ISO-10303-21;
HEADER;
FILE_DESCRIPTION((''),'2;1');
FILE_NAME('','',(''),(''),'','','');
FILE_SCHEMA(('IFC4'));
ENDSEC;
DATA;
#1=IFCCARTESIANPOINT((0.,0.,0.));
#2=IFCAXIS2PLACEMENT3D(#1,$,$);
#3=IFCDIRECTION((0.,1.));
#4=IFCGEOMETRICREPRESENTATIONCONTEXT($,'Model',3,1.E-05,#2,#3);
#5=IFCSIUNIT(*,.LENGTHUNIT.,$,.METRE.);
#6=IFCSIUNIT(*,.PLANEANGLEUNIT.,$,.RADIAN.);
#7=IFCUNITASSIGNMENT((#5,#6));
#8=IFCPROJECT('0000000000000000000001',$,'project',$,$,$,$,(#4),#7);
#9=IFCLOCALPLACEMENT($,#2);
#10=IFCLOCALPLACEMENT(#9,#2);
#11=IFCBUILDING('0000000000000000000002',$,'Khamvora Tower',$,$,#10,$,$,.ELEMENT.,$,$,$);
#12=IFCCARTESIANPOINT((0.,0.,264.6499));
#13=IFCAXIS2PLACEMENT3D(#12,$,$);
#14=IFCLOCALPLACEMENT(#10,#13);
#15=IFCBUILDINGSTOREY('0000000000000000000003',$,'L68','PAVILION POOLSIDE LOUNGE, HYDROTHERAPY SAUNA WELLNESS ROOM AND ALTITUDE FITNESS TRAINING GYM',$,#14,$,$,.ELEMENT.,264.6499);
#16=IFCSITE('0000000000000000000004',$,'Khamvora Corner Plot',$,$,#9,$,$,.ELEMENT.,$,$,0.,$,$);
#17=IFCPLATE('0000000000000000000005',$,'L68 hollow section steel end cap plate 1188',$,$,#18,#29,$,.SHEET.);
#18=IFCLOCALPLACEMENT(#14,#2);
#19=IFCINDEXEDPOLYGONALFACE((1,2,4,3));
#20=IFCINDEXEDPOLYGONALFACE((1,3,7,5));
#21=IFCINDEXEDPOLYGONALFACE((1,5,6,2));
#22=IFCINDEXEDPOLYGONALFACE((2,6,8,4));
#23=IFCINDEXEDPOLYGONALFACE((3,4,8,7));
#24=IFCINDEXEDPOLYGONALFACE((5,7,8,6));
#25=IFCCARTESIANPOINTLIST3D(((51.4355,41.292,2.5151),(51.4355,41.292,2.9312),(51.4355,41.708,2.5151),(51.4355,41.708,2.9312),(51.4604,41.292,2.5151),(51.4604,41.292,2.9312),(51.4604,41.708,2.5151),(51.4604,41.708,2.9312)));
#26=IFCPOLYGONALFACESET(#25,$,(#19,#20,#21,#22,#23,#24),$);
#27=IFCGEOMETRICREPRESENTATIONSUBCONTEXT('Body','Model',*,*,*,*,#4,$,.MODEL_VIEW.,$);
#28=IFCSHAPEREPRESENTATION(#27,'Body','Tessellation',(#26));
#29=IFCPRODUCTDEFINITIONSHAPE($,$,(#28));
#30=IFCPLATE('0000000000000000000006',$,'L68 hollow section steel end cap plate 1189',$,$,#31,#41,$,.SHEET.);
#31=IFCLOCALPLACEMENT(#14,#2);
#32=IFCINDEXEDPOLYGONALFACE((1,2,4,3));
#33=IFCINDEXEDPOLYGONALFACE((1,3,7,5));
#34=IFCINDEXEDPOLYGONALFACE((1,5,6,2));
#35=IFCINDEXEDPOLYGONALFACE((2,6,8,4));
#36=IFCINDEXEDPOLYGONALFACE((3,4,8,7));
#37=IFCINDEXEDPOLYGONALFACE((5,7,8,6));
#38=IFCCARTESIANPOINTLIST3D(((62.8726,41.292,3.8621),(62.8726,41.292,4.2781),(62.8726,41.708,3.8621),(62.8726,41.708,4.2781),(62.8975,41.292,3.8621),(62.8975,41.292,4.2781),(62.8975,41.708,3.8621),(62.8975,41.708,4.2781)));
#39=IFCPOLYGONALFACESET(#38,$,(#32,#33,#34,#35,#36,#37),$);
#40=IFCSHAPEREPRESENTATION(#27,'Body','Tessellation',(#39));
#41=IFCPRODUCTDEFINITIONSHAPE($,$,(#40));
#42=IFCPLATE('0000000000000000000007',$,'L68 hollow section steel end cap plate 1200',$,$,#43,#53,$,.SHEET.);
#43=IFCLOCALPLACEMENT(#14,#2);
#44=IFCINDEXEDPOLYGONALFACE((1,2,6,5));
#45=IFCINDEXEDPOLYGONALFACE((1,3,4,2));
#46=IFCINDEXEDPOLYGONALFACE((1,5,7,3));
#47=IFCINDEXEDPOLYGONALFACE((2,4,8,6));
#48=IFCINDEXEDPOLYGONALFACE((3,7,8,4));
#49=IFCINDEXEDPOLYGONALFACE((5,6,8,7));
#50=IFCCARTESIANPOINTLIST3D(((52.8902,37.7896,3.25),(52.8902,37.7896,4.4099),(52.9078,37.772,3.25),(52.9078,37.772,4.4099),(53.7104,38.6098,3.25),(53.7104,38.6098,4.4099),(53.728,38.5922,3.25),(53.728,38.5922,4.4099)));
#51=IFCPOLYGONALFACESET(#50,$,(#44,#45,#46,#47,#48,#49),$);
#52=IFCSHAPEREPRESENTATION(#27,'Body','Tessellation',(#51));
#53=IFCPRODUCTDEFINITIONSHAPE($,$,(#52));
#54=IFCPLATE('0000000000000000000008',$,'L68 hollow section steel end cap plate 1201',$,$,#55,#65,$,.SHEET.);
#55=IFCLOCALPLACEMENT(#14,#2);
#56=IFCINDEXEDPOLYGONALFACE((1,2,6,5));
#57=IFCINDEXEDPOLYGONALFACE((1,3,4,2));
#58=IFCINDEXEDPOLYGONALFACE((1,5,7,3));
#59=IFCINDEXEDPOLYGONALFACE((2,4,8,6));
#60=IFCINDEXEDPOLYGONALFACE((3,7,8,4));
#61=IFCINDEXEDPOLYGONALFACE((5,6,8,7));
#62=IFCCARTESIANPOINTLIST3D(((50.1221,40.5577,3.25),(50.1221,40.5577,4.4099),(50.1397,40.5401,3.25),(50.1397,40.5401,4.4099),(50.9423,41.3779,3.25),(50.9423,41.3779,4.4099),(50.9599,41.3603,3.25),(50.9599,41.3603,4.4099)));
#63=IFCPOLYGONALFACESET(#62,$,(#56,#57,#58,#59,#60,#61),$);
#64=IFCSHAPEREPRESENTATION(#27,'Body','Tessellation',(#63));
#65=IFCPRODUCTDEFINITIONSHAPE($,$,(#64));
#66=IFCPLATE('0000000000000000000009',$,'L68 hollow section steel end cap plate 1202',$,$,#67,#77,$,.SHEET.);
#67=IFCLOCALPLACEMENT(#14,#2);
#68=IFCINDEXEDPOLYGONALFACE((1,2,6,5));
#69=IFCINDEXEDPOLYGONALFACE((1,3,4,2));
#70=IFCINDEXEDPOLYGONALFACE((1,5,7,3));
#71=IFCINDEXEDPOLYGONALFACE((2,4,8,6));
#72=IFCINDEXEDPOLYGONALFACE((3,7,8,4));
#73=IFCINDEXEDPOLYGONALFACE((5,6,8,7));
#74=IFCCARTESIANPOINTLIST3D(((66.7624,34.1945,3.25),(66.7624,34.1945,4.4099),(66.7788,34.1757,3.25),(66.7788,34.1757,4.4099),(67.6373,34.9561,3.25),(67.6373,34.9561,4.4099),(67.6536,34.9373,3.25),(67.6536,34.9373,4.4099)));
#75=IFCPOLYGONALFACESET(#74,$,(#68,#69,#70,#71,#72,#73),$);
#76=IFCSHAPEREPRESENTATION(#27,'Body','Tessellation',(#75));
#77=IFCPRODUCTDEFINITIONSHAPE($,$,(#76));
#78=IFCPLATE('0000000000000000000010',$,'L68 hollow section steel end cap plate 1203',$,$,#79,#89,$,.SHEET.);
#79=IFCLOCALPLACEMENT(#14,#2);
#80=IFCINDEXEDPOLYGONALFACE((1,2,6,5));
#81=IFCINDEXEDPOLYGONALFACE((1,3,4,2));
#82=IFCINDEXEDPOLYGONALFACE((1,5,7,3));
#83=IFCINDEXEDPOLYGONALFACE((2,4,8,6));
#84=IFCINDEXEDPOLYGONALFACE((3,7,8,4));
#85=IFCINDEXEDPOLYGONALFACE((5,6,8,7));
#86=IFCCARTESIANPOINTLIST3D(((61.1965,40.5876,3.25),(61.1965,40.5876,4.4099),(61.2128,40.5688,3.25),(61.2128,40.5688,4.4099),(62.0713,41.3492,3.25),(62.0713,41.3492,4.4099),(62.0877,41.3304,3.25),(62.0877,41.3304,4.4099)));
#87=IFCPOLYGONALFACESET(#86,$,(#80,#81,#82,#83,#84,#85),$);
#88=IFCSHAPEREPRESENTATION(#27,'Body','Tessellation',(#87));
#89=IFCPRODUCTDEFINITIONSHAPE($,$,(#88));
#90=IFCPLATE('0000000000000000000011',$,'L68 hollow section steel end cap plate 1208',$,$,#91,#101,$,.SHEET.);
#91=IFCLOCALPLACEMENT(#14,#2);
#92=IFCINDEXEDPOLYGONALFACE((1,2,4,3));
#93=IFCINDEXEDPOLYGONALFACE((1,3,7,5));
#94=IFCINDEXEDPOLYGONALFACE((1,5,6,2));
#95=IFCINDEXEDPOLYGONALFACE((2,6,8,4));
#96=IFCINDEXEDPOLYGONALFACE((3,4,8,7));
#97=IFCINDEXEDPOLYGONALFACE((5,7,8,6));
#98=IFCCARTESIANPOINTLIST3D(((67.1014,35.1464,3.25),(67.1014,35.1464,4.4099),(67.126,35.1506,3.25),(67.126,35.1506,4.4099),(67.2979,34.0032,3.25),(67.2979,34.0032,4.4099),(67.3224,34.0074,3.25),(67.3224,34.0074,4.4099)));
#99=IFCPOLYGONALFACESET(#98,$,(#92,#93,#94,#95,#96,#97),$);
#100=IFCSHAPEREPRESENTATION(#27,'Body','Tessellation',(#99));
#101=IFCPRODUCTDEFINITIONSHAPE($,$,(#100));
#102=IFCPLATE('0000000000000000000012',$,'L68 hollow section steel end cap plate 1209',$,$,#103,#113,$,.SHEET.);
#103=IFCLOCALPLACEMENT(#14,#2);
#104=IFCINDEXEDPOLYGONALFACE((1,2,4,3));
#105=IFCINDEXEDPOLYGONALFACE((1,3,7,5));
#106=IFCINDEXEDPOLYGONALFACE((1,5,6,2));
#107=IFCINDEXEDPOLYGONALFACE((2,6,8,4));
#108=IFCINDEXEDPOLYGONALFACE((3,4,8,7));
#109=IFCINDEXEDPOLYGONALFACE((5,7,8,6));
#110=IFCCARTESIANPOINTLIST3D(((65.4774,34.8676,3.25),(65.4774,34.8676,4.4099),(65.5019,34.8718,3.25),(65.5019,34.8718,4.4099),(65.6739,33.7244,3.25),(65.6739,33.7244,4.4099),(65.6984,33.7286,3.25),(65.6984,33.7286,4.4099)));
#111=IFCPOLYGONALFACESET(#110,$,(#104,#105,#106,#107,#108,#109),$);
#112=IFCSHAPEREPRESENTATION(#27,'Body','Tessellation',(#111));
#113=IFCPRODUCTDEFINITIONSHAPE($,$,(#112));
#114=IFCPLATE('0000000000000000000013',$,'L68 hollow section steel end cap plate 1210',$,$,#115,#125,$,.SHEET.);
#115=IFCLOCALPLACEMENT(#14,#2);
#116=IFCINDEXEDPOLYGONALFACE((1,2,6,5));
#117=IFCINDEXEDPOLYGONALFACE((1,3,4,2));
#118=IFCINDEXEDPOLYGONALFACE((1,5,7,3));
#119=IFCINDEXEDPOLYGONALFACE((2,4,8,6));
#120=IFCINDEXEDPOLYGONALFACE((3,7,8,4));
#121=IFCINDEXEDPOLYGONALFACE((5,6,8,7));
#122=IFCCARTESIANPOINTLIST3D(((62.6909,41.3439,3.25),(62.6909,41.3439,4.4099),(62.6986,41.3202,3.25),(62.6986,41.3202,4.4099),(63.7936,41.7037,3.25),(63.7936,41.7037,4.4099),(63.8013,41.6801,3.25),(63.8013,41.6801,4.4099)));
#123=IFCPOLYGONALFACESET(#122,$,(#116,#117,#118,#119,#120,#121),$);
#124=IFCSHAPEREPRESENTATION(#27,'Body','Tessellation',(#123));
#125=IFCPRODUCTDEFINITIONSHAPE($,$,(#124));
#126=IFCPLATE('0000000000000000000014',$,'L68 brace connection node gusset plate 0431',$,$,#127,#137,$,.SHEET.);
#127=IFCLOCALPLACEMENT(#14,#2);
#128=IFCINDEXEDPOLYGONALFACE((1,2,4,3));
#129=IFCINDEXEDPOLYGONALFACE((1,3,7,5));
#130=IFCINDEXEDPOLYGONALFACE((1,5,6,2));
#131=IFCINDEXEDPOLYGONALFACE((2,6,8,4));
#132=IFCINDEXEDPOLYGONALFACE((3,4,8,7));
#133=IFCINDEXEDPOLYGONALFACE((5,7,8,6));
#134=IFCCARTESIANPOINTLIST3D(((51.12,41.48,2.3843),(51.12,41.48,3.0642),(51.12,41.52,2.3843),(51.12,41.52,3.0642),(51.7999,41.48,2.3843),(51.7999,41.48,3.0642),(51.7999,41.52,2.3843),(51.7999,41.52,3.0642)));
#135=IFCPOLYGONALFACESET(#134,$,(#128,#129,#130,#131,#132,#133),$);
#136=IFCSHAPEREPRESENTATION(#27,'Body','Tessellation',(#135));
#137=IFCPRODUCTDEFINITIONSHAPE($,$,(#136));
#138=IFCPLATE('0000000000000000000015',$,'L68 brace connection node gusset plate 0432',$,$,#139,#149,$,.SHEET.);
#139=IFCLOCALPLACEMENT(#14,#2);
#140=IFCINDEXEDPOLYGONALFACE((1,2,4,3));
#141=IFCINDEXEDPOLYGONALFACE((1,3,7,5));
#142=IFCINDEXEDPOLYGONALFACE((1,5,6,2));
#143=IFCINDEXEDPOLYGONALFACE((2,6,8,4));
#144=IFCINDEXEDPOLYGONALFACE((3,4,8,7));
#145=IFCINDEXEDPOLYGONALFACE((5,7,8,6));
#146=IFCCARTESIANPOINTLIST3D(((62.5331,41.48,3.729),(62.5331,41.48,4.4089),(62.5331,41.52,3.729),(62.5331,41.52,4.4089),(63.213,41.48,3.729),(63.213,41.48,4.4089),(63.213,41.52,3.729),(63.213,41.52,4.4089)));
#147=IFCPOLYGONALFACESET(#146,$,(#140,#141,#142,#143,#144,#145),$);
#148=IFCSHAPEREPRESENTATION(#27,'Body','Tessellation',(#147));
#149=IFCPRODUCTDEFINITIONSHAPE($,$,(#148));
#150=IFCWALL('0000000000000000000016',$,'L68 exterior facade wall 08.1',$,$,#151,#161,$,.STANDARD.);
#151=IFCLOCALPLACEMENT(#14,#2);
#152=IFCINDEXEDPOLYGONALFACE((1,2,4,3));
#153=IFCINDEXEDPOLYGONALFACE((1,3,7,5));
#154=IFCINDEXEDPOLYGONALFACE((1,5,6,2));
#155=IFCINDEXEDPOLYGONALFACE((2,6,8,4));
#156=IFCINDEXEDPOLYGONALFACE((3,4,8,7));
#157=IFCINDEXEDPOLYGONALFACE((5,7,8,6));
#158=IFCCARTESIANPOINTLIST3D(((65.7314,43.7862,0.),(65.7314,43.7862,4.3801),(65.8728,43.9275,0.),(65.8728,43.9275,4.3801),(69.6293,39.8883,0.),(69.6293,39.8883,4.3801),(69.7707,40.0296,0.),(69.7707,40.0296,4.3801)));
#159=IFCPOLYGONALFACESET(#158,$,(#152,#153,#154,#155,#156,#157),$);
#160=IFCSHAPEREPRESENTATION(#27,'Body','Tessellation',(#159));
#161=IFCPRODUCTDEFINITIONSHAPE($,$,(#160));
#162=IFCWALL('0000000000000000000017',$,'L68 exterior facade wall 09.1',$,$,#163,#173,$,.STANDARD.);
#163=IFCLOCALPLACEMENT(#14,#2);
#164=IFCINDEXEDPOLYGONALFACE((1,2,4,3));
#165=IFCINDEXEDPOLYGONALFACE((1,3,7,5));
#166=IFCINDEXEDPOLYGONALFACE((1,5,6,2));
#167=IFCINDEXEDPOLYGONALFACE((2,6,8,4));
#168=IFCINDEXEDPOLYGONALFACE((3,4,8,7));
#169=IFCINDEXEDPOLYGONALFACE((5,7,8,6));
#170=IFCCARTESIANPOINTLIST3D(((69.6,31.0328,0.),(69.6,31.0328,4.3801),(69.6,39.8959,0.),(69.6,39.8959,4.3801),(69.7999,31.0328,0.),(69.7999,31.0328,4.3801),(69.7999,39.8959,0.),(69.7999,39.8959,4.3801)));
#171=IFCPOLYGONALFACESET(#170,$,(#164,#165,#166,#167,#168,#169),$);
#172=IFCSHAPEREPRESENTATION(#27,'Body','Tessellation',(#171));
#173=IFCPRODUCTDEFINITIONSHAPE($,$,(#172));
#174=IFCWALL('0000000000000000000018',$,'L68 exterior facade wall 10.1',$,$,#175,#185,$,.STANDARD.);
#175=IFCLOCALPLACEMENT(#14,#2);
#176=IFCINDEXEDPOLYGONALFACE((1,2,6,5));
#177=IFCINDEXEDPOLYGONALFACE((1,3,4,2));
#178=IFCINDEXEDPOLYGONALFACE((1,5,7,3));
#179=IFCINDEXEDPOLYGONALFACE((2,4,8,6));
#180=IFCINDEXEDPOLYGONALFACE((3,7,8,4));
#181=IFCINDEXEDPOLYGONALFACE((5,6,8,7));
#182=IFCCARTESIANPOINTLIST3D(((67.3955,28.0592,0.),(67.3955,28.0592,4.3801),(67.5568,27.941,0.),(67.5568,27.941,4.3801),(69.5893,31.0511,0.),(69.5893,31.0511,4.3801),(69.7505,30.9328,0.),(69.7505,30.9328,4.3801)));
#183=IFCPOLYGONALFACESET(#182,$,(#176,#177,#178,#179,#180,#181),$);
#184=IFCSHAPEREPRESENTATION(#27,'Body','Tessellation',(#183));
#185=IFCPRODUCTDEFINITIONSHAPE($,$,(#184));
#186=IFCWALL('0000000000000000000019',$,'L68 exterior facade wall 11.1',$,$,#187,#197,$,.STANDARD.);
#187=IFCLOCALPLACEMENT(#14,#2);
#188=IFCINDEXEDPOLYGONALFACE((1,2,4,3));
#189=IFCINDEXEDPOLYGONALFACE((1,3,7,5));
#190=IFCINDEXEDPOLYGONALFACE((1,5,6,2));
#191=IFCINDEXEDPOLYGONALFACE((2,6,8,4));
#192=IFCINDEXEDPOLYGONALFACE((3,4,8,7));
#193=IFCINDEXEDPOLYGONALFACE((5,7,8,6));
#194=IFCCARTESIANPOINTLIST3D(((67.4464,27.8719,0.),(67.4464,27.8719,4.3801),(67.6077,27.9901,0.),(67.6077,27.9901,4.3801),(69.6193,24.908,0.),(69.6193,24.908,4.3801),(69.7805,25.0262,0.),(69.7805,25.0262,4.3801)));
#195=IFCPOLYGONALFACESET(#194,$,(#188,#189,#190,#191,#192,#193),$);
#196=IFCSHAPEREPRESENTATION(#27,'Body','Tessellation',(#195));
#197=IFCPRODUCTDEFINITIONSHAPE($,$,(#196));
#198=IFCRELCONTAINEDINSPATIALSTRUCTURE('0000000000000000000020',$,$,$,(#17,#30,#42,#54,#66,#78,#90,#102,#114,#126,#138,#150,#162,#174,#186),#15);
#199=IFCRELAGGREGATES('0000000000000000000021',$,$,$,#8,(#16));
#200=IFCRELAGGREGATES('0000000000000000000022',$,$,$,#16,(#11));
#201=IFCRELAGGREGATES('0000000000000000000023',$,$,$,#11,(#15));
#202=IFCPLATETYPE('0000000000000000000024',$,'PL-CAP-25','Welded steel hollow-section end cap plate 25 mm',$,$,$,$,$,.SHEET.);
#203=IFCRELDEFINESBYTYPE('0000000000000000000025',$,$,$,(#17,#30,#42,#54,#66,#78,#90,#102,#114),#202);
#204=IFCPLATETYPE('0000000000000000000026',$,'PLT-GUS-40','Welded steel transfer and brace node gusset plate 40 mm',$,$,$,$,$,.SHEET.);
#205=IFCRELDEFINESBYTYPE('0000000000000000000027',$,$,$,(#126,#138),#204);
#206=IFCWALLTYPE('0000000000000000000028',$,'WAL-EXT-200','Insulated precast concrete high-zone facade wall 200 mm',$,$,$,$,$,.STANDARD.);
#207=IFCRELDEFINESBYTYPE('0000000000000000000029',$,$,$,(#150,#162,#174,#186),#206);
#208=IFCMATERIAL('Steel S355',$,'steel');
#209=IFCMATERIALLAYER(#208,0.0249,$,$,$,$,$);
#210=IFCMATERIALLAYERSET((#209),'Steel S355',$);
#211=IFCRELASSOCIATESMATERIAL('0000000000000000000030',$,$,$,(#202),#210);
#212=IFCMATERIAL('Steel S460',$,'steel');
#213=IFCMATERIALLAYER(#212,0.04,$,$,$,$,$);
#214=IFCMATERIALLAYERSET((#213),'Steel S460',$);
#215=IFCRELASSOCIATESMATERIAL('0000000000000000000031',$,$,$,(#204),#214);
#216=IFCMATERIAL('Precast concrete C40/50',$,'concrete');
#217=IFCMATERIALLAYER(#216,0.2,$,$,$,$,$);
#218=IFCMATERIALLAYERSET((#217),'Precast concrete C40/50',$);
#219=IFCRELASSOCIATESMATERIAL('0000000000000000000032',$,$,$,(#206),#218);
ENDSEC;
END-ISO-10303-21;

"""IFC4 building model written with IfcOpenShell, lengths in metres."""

from ifc_helpers import new_model, si_unit, direction, frame, frame_2d, origin, origin_2d, place, context, subcontext, project, spatial, rectangle, extrude, material, layer, layer_set, type_object, element, save


model = new_model("IFC4")

# Units and contexts
model_context = context("Model", 3, precision=1e-05, world=origin(), true_north=direction((0.0, 1.0)))
body_context = subcontext(model_context, "Body", "Model", "MODEL_VIEW")
ifc_project = project(units=[si_unit("LENGTHUNIT", "METRE"), si_unit("PLANEANGLEUNIT", "RADIAN")], contexts=[model_context])

# Site, building, storey
site_placement = place(None, origin())
site = spatial("IfcSite", under=ifc_project, at=site_placement, Name="Khamvora Corner Plot", CompositionType="ELEMENT", RefElevation=0.0)
building_placement = place(site_placement, origin())
building = spatial("IfcBuilding", under=site, at=building_placement, Name="Khamvora Tower", CompositionType="ELEMENT")
storey_placement = place(building_placement, frame((0.0, 0.0, 264.6499)))
storey = spatial("IfcBuildingStorey", under=building, at=storey_placement, Name="L68", Description="PAVILION POOLSIDE LOUNGE, HYDROTHERAPY SAUNA WELLNESS ROOM AND ALTITUDE FITNESS TRAINING GYM", CompositionType="ELEMENT", Elevation=264.6499)

# Shared definitions
ifc_material_1 = material(Name="Steel S355", Category="steel")

# Shared definitions
ifc_material_2 = material(Name="Steel S460", Category="steel")

# Plates
ifc_layer_1 = layer(ifc_material_1, 0.0249)
ifc_layer_set_1 = layer_set([ifc_layer_1], Name="Steel S355")
plate_type_1 = type_object("IfcPlateType", Name="PL-CAP-25", Description="Welded steel hollow-section end cap plate 25 mm", PredefinedType="SHEET", material=ifc_layer_set_1)
for number, where, z_axis, x_axis, name in (
    (1, (51.448, 41.5, 2.5151), (0.0, 0.0, 1.0), (1.0, 0.0, 0.0), "L68 hollow section steel end cap plate 1188"),
    (2, (62.885, 41.5, 3.8621), (0.0, 0.0, 1.0), (1.0, 0.0, 0.0), "L68 hollow section steel end cap plate 1189"),
):
    element("IfcPlate", number, at=place(storey_placement, frame(where, z_axis=z_axis, x_axis=x_axis)), inside=storey, type_object=plate_type_1, Name=name, PredefinedType="SHEET", context=body_context, shape_type="SweptSolid", body=[
        extrude(rectangle(XDim=0.0249, YDim=0.416, at=origin_2d()), origin(), (0.0, 0.0, 1.0), 0.416),
    ])
for number, where, z_axis, x_axis, name in (
    (3, (53.3091, 38.1909, 3.25), (0.0, 0.0, 1.0), (-0.707107, 0.707107, 0.0), "L68 hollow section steel end cap plate 1200"),
    (4, (50.541, 40.959, 3.25), (0.0, 0.0, 1.0), (-0.707107, 0.707107, 0.0), "L68 hollow section steel end cap plate 1201"),
    (5, (67.208, 34.5659, 3.25), (0.0, 0.0, 1.0), (-0.656612, 0.754228, 0.0), "L68 hollow section steel end cap plate 1202"),
    (6, (61.6421, 40.959, 3.25), (0.0, 0.0, 1.0), (-0.656612, 0.754228, 0.0), "L68 hollow section steel end cap plate 1203"),
    (7, (67.2119, 34.5769, 3.25), (0.0, 0.0, 1.0), (-0.98555, -0.169384, 0.0), "L68 hollow section steel end cap plate 1208"),
    (8, (65.5879, 34.2981, 3.25), (0.0, 0.0, 1.0), (-0.98555, -0.169384, 0.0), "L68 hollow section steel end cap plate 1209"),
    (9, (63.2461, 41.512, 3.25), (0.0, 0.0, 1.0), (0.310278, -0.950646, 0.0), "L68 hollow section steel end cap plate 1210"),
):
    element("IfcPlate", number, at=place(storey_placement, frame(where, z_axis=z_axis, x_axis=x_axis)), inside=storey, type_object=plate_type_1, Name=name, PredefinedType="SHEET", context=body_context, shape_type="SweptSolid", body=[
        extrude(rectangle(XDim=0.0249, YDim=1.1599, at=origin_2d()), origin(), (0.0, 0.0, 1.0), 1.1599),
    ])
ifc_layer_2 = layer(ifc_material_2, 0.04)
ifc_layer_set_2 = layer_set([ifc_layer_2], Name="Steel S460")
plate_type_2 = type_object("IfcPlateType", Name="PLT-GUS-40", Description="Welded steel transfer and brace node gusset plate 40 mm", PredefinedType="SHEET", material=ifc_layer_set_2)
for number, where, z_axis, x_axis, name in (
    (10, (51.46, 41.5, 2.3843), (0.0, 0.0, 1.0), (1.0, 0.0, 0.0), "L68 brace connection node gusset plate 0431"),
    (11, (62.873, 41.5, 3.729), (0.0, 0.0, 1.0), (1.0, 0.0, 0.0), "L68 brace connection node gusset plate 0432"),
):
    element("IfcPlate", number, at=place(storey_placement, frame(where, z_axis=z_axis, x_axis=x_axis)), inside=storey, type_object=plate_type_2, Name=name, PredefinedType="SHEET", context=body_context, shape_type="SweptSolid", body=[
        extrude(rectangle(XDim=0.6799, YDim=0.04, at=origin_2d()), origin(), (0.0, 0.0, 1.0), 0.6799),
    ])

# Walls
ifc_material_3 = material(Name="Precast concrete C40/50", Category="concrete")
ifc_layer_3 = layer(ifc_material_3, 0.2)
ifc_layer_set_3 = layer_set([ifc_layer_3], Name="Precast concrete C40/50")
wall_type = type_object("IfcWallType", Name="WAL-EXT-200", Description="Insulated precast concrete high-zone facade wall 200 mm", PredefinedType="STANDARD", material=ifc_layer_set_3)
wall_1_placement = place(storey_placement, frame((65.802, 43.8569, 0.0), z_axis=(0.0, 0.0, 1.0), x_axis=(0.707107, -0.707107, 0.0)))
element("IfcWall", 12, at=wall_1_placement, inside=storey, type_object=wall_type, Name="L68 exterior facade wall 08.1", PredefinedType="STANDARD", context=body_context, shape_type="SweptSolid", body=[
    extrude(rectangle(XDim=5.5125, YDim=0.2, at=frame_2d((2.7563, 0.0))), origin(), (0.0, 0.0, 1.0), 4.3801),
])
wall_2_placement = place(storey_placement, frame((69.7, 39.896, 0.0), z_axis=(0.0, 0.0, 1.0), x_axis=(0.0, -1.0, 0.0)))
element("IfcWall", 13, at=wall_2_placement, inside=storey, type_object=wall_type, Name="L68 exterior facade wall 09.1", PredefinedType="STANDARD", context=body_context, shape_type="SweptSolid", body=[
    extrude(rectangle(XDim=8.863, YDim=0.2, at=frame_2d((4.4316, 0.0))), origin(), (0.0, 0.0, 1.0), 4.3801),
])
wall_3_placement = place(storey_placement, frame((69.6699, 30.9919, 0.0), z_axis=(0.0, 0.0, 1.0), x_axis=(-0.591321, -0.806436, 0.0)))
element("IfcWall", 14, at=wall_3_placement, inside=storey, type_object=wall_type, Name="L68 exterior facade wall 10.1", PredefinedType="STANDARD", context=body_context, shape_type="SweptSolid", body=[
    extrude(rectangle(XDim=3.71, YDim=0.2, at=frame_2d((1.855, 0.0))), origin(), (0.0, 0.0, 1.0), 4.3801),
])
wall_4_placement = place(storey_placement, frame((67.5271, 27.9309, 0.0), z_axis=(0.0, 0.0, 1.0), x_axis=(0.591248, -0.806489, 0.0)))
element("IfcWall", 15, at=wall_4_placement, inside=storey, type_object=wall_type, Name="L68 exterior facade wall 11.1", PredefinedType="STANDARD", context=body_context, shape_type="SweptSolid", body=[
    extrude(rectangle(XDim=3.675, YDim=0.2, at=frame_2d((1.8374, 0.0))), origin(), (0.0, 0.0, 1.0), 4.3801),
])

save(model, "model.ifc")
